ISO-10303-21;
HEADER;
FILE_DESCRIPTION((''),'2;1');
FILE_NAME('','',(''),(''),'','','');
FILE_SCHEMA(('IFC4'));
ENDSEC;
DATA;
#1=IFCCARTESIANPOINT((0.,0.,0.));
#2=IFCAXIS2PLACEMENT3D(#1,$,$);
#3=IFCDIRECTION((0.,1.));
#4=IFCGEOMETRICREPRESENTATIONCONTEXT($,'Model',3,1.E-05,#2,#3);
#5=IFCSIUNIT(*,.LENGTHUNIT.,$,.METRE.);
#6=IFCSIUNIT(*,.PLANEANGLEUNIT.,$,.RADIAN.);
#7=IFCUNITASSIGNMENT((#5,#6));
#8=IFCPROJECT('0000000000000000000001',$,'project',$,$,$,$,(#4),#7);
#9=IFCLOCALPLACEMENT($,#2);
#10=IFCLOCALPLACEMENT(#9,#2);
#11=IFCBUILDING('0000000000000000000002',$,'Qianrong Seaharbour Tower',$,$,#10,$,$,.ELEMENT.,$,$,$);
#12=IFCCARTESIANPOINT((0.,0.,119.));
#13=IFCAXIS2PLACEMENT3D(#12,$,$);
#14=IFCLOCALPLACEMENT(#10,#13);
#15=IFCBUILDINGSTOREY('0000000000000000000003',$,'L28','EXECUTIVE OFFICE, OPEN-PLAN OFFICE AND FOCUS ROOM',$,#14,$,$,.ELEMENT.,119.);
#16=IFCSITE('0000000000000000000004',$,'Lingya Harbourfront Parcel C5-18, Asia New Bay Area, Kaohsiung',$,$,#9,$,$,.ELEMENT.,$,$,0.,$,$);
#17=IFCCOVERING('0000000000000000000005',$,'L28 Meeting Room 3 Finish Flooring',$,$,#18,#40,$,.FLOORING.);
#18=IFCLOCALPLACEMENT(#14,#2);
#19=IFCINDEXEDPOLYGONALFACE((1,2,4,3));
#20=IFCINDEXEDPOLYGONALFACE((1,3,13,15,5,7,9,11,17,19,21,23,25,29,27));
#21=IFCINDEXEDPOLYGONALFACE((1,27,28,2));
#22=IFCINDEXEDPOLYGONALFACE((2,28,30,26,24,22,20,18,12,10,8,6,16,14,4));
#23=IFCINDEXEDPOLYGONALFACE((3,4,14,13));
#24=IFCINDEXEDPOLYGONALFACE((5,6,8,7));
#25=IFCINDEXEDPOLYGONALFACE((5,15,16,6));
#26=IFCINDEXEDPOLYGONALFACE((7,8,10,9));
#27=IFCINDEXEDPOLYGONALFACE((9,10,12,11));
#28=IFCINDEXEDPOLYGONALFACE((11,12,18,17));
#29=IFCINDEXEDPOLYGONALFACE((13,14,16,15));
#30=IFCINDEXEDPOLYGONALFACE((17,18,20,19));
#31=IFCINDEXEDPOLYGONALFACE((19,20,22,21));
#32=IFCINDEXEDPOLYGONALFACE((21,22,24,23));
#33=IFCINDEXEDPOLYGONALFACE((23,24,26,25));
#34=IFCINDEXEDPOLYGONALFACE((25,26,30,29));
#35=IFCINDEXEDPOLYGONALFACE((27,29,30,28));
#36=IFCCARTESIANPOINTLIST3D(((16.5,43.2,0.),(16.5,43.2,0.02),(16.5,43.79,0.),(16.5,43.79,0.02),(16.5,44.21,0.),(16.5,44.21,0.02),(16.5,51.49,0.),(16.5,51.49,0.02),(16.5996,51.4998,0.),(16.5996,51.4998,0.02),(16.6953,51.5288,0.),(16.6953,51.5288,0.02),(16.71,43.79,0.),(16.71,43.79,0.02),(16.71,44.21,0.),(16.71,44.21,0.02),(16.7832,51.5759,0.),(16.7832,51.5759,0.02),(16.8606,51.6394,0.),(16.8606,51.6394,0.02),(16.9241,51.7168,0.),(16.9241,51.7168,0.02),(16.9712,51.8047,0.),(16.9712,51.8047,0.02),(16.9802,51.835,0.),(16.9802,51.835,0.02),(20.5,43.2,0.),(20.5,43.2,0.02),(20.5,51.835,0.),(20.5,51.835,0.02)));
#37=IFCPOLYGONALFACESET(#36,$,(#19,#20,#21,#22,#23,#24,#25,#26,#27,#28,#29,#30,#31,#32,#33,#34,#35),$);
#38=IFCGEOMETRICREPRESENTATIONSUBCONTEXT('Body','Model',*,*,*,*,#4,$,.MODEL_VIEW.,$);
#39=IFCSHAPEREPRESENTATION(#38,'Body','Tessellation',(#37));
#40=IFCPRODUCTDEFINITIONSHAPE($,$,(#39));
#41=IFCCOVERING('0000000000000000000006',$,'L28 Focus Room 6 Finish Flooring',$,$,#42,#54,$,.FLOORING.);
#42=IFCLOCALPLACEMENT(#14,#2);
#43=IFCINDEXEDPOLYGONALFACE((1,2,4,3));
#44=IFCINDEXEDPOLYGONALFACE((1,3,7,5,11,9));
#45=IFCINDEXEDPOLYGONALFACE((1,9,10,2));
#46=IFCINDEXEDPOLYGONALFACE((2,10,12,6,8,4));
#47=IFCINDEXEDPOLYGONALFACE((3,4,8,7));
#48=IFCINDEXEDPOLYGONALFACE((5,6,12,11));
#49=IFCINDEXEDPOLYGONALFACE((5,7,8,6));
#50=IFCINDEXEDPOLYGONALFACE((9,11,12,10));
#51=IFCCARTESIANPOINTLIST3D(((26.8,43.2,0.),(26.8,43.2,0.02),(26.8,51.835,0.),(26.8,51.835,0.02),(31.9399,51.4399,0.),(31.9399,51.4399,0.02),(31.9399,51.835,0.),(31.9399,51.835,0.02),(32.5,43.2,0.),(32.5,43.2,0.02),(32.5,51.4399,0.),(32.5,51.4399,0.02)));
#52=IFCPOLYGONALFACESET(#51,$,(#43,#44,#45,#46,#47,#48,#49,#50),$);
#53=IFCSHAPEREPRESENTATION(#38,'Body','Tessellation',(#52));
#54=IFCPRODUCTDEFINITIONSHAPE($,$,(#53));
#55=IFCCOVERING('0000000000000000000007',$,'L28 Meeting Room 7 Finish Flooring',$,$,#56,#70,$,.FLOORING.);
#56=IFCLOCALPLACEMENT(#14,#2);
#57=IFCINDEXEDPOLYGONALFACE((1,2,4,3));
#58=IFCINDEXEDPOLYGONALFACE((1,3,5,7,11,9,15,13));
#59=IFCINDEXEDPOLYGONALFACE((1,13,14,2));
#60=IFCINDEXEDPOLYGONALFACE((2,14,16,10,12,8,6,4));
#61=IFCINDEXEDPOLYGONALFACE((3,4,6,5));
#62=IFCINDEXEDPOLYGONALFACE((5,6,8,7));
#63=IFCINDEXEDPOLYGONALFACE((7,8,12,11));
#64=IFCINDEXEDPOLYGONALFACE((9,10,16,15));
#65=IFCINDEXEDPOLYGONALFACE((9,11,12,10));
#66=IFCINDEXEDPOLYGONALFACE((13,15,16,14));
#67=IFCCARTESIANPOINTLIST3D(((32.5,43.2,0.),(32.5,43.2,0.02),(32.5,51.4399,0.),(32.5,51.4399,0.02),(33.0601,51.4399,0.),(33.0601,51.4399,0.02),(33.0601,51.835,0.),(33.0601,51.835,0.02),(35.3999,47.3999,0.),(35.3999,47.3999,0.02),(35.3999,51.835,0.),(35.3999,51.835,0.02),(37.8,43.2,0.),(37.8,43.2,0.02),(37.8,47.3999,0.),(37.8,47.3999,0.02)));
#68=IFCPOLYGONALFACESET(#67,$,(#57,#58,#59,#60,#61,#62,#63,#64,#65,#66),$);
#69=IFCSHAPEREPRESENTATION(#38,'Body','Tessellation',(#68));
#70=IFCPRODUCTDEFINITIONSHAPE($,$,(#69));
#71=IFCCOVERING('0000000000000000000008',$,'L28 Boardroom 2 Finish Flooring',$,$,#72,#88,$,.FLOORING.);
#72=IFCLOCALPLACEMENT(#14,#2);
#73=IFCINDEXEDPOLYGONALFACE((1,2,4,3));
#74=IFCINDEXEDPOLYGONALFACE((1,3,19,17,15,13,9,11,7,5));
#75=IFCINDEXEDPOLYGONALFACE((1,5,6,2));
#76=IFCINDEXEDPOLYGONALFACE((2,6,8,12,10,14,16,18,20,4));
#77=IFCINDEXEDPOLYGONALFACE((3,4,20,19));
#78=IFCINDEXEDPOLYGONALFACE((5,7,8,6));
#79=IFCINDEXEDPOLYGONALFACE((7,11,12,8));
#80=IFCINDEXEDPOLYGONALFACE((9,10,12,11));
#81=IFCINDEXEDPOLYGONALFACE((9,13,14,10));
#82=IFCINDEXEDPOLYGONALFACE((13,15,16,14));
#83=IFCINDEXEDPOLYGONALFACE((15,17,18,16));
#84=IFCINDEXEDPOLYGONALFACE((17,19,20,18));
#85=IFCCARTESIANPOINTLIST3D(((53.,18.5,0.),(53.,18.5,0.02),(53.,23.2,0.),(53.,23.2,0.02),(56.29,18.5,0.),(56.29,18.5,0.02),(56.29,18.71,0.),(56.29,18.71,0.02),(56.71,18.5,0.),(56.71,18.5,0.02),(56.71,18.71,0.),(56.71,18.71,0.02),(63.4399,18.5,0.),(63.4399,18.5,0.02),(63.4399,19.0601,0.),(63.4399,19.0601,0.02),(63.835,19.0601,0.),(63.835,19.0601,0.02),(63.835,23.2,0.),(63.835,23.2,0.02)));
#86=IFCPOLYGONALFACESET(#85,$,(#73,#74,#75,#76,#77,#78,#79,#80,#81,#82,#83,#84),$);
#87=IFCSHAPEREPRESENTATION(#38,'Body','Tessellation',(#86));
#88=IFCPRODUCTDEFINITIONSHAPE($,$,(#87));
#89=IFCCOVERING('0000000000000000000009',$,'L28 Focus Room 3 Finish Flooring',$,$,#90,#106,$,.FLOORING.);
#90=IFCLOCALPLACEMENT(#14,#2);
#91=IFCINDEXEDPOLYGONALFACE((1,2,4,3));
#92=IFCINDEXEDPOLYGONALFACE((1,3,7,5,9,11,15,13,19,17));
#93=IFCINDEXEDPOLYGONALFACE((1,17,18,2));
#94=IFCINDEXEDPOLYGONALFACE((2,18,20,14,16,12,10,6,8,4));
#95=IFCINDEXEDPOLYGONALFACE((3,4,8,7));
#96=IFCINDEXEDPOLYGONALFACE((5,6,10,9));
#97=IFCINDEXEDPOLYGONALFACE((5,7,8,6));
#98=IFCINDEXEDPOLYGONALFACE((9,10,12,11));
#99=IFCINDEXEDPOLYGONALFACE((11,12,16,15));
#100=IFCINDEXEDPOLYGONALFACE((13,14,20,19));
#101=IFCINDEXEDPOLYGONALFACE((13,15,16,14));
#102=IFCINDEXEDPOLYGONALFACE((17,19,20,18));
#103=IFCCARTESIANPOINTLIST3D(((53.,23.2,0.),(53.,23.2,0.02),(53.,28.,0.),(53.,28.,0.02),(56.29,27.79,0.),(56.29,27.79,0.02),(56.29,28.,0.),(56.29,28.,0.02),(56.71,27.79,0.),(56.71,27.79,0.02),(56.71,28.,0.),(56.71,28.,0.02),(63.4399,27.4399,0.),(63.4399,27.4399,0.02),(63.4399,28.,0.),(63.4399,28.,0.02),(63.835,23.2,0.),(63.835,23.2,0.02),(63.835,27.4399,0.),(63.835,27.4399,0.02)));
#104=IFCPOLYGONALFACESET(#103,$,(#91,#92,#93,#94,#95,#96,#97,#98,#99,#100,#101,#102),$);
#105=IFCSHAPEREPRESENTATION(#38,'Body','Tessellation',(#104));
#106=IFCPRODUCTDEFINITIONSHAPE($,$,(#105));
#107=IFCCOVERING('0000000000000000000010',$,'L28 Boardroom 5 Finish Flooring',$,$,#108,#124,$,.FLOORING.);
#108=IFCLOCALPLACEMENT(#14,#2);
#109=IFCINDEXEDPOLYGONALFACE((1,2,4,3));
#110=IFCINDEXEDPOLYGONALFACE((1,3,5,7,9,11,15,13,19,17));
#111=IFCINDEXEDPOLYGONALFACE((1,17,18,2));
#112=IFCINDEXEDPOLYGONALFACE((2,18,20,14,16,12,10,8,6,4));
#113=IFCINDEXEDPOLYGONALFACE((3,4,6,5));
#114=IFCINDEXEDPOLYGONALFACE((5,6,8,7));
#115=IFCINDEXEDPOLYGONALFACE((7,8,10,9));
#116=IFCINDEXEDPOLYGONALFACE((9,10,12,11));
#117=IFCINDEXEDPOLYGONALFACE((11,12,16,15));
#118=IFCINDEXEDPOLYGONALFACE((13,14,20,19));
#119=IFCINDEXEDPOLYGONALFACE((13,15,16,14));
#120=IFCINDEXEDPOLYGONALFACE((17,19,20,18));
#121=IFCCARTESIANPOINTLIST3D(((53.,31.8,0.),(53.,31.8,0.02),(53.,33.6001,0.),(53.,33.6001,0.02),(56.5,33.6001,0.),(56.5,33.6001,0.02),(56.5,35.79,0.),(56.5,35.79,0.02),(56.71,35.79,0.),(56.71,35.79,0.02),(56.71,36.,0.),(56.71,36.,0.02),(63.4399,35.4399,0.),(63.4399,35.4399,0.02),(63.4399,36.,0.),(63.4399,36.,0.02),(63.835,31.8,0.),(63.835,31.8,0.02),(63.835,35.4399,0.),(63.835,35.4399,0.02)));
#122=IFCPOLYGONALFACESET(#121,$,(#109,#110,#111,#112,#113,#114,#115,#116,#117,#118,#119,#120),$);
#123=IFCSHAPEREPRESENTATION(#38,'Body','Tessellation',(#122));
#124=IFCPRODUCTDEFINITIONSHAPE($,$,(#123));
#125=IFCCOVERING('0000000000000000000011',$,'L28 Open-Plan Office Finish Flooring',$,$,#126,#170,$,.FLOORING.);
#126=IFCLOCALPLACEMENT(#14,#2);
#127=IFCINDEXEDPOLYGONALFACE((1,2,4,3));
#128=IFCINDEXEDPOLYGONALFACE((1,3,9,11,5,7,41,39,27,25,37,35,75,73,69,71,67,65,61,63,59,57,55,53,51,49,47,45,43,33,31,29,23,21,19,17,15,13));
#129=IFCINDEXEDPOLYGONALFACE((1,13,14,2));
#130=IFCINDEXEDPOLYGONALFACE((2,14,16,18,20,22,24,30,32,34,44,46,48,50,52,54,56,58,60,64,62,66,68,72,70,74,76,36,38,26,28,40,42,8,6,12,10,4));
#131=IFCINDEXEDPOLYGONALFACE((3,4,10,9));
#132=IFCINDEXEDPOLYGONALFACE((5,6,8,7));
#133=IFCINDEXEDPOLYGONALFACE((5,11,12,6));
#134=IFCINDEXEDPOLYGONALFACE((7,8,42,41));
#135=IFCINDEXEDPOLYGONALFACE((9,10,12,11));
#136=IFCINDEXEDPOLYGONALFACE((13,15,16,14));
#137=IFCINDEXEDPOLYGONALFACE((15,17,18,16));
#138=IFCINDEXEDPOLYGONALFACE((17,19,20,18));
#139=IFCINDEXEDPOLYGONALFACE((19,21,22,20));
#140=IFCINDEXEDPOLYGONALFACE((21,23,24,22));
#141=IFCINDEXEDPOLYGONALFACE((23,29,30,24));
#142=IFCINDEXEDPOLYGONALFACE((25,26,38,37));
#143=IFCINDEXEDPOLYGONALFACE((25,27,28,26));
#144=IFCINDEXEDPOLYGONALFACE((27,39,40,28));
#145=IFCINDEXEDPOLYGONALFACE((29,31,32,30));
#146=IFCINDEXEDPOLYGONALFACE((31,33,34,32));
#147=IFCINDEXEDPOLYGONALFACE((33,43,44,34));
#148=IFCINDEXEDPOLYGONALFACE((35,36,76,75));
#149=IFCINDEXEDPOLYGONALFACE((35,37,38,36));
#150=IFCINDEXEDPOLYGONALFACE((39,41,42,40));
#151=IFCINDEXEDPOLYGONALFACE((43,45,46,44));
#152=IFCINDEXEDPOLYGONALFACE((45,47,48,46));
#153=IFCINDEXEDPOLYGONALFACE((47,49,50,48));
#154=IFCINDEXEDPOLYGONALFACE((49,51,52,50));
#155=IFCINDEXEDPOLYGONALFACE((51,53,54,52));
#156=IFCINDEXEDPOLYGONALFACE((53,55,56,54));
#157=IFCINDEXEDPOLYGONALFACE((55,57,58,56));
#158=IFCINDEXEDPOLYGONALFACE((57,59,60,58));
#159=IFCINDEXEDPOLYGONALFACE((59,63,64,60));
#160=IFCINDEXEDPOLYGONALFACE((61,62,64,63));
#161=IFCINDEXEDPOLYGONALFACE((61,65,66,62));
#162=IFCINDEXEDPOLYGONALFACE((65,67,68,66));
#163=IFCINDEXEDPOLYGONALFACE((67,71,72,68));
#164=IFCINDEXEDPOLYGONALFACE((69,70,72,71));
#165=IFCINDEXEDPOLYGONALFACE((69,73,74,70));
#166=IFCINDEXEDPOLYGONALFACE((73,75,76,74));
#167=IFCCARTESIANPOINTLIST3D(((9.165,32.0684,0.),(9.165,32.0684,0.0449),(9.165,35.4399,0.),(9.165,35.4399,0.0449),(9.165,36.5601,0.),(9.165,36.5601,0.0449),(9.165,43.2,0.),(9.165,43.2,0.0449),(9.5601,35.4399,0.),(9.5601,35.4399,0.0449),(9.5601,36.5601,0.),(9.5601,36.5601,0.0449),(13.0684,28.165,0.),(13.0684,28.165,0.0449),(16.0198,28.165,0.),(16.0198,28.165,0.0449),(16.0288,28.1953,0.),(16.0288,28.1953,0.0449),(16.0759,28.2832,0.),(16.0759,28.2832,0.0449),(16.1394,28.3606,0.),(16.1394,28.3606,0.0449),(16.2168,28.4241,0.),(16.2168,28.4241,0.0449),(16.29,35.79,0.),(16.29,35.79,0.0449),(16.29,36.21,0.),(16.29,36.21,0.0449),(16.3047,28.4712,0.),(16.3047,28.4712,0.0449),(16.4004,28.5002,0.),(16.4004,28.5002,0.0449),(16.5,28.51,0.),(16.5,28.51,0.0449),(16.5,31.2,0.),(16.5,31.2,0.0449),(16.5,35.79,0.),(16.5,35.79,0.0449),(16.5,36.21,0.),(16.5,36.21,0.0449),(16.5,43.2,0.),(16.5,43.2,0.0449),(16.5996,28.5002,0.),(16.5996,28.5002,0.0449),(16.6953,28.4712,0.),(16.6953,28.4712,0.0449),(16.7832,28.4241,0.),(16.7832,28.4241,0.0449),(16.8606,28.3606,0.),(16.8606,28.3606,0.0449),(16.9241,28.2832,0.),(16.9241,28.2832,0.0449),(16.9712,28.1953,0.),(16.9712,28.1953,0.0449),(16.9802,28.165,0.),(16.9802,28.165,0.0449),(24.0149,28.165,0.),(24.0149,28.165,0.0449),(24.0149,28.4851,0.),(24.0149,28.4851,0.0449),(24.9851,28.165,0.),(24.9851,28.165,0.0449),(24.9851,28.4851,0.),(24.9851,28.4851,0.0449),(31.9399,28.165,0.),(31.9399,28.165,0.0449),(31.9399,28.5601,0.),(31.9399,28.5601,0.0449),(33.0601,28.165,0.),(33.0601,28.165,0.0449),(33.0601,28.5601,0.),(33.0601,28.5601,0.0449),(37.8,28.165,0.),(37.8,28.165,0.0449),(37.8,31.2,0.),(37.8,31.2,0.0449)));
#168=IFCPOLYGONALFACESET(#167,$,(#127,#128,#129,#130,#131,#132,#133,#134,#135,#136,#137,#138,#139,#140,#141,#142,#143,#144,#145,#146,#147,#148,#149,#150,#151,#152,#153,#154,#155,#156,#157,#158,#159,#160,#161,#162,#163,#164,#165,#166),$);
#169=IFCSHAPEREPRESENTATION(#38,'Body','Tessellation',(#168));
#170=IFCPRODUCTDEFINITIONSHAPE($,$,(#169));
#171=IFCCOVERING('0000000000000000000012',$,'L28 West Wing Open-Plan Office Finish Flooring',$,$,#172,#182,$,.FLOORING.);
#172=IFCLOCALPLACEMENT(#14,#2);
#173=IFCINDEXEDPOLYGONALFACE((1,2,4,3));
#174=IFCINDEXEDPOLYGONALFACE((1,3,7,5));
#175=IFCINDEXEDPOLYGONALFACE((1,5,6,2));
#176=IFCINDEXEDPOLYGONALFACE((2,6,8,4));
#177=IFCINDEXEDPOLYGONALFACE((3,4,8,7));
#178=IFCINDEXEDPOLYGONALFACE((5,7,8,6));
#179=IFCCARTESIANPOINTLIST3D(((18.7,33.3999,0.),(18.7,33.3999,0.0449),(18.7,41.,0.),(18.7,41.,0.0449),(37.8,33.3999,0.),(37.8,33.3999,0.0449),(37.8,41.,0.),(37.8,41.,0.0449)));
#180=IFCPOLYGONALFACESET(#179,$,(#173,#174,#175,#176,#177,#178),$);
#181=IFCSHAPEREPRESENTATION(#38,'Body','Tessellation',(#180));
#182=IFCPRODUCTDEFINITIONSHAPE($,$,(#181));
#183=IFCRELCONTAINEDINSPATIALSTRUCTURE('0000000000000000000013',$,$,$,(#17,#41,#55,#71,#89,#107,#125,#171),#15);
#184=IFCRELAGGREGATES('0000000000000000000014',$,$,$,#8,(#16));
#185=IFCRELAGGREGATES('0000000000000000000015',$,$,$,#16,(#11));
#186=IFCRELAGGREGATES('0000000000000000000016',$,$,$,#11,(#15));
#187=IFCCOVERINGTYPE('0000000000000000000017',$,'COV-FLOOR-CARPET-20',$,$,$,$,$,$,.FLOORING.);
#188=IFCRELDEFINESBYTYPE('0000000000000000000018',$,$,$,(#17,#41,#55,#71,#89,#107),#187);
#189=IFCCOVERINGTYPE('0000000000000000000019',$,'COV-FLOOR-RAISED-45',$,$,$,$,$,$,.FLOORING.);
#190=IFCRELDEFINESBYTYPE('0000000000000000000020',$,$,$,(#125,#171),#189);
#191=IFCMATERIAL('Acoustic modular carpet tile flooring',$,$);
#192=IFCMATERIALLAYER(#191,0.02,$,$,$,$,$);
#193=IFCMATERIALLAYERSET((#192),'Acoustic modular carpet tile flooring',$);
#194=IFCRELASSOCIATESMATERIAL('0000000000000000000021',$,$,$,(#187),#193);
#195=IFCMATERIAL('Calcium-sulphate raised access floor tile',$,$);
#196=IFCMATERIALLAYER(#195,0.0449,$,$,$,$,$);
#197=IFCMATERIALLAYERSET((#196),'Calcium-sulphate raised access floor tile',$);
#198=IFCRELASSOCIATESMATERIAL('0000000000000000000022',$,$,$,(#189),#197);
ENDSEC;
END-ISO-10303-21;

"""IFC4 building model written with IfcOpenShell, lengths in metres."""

from ifc_helpers import new_model, si_unit, direction, frame, origin, place, context, subcontext, project, spatial, polyline, outline, extrude, material, layer, layer_set, type_object, element, save


model = new_model("IFC4")

# Units and contexts
model_context = context("Model", 3, precision=1e-05, world=origin(), true_north=direction((0.0, 1.0)))
body_context = subcontext(model_context, "Body", "Model", "MODEL_VIEW")
ifc_project = project(units=[si_unit("LENGTHUNIT", "METRE"), si_unit("PLANEANGLEUNIT", "RADIAN")], contexts=[model_context])

# Site, building, storey
site_placement = place(None, origin())
site = spatial("IfcSite", under=ifc_project, at=site_placement, Name="Lingya Harbourfront Parcel C5-18, Asia New Bay Area, Kaohsiung", CompositionType="ELEMENT", RefElevation=0.0)
building_placement = place(site_placement, origin())
building = spatial("IfcBuilding", under=site, at=building_placement, Name="Qianrong Seaharbour Tower", CompositionType="ELEMENT")
storey_placement = place(building_placement, frame((0.0, 0.0, 119.0)))
storey = spatial("IfcBuildingStorey", under=building, at=storey_placement, Name="L28", Description="EXECUTIVE OFFICE, OPEN-PLAN OFFICE AND FOCUS ROOM", CompositionType="ELEMENT", Elevation=119.0)

# Coverings
ifc_material_1 = material(Name="Acoustic modular carpet tile flooring")
ifc_layer_1 = layer(ifc_material_1, 0.02)
ifc_layer_set_1 = layer_set([ifc_layer_1], Name="Acoustic modular carpet tile flooring")
covering_type_1 = type_object("IfcCoveringType", Name="COV-FLOOR-CARPET-20", PredefinedType="FLOORING", material=ifc_layer_set_1)
covering_1_placement = place(storey_placement, origin())
element("IfcCovering", 1, at=covering_1_placement, inside=storey, type_object=covering_type_1, Name="L28 Meeting Room 3 Finish Flooring", PredefinedType="FLOORING", context=body_context, shape_type="SweptSolid", body=[
    extrude(outline(polyline([(16.5, 43.79), (16.71, 43.79), (16.71, 44.21), (16.5, 44.21), (16.5, 51.49), (16.5996, 51.4998), (16.6953, 51.5288), (16.7832, 51.5759), (16.8606, 51.6394), (16.9241, 51.7168), (16.9712, 51.8047), (16.9802, 51.835), (20.5, 51.835), (20.5, 43.2), (16.5, 43.2), (16.5, 43.79)])), origin(), (0.0, 0.0, 1.0), 0.02),
])
covering_2_placement = place(storey_placement, origin())
element("IfcCovering", 2, at=covering_2_placement, inside=storey, type_object=covering_type_1, Name="L28 Focus Room 6 Finish Flooring", PredefinedType="FLOORING", context=body_context, shape_type="SweptSolid", body=[
    extrude(outline(polyline([(26.8, 51.835), (31.9399, 51.835), (31.9399, 51.4399), (32.5, 51.4399), (32.5, 43.2), (26.8, 43.2), (26.8, 51.835)])), origin(), (0.0, 0.0, 1.0), 0.02),
])
covering_3_placement = place(storey_placement, origin())
element("IfcCovering", 3, at=covering_3_placement, inside=storey, type_object=covering_type_1, Name="L28 Meeting Room 7 Finish Flooring", PredefinedType="FLOORING", context=body_context, shape_type="SweptSolid", body=[
    extrude(outline(polyline([(32.5, 51.4399), (33.0601, 51.4399), (33.0601, 51.835), (35.3999, 51.835), (35.3999, 47.3999), (37.8, 47.3999), (37.8, 43.2), (32.5, 43.2), (32.5, 51.4399)])), origin(), (0.0, 0.0, 1.0), 0.02),
])
covering_4_placement = place(storey_placement, origin())
element("IfcCovering", 4, at=covering_4_placement, inside=storey, type_object=covering_type_1, Name="L28 Boardroom 2 Finish Flooring", PredefinedType="FLOORING", context=body_context, shape_type="SweptSolid", body=[
    extrude(outline(polyline([(63.835, 23.2), (63.835, 19.0601), (63.4399, 19.0601), (63.4399, 18.5), (56.71, 18.5), (56.71, 18.71), (56.29, 18.71), (56.29, 18.5), (53.0, 18.5), (53.0, 23.2), (63.835, 23.2)])), origin(), (0.0, 0.0, 1.0), 0.02),
])
covering_5_placement = place(storey_placement, origin())
element("IfcCovering", 5, at=covering_5_placement, inside=storey, type_object=covering_type_1, Name="L28 Focus Room 3 Finish Flooring", PredefinedType="FLOORING", context=body_context, shape_type="SweptSolid", body=[
    extrude(outline(polyline([(56.29, 28.0), (56.29, 27.79), (56.71, 27.79), (56.71, 28.0), (63.4399, 28.0), (63.4399, 27.4399), (63.835, 27.4399), (63.835, 23.2), (53.0, 23.2), (53.0, 28.0), (56.29, 28.0)])), origin(), (0.0, 0.0, 1.0), 0.02),
])
covering_6_placement = place(storey_placement, origin())
element("IfcCovering", 6, at=covering_6_placement, inside=storey, type_object=covering_type_1, Name="L28 Boardroom 5 Finish Flooring", PredefinedType="FLOORING", context=body_context, shape_type="SweptSolid", body=[
    extrude(outline(polyline([(56.5, 33.6001), (56.5, 35.79), (56.71, 35.79), (56.71, 36.0), (63.4399, 36.0), (63.4399, 35.4399), (63.835, 35.4399), (63.835, 31.8), (53.0, 31.8), (53.0, 33.6001), (56.5, 33.6001)])), origin(), (0.0, 0.0, 1.0), 0.02),
])
ifc_material_2 = material(Name="Calcium-sulphate raised access floor tile")
ifc_layer_2 = layer(ifc_material_2, 0.0449)
ifc_layer_set_2 = layer_set([ifc_layer_2], Name="Calcium-sulphate raised access floor tile")
covering_type_2 = type_object("IfcCoveringType", Name="COV-FLOOR-RAISED-45", PredefinedType="FLOORING", material=ifc_layer_set_2)
covering_7_placement = place(storey_placement, origin())
element("IfcCovering", 7, at=covering_7_placement, inside=storey, type_object=covering_type_2, Name="L28 Open-Plan Office Finish Flooring", PredefinedType="FLOORING", context=body_context, shape_type="SweptSolid", body=[
    extrude(outline(polyline([(33.0601, 28.165), (33.0601, 28.5601), (31.9399, 28.5601), (31.9399, 28.165), (24.9851, 28.165), (24.9851, 28.4851), (24.0149, 28.4851), (24.0149, 28.165), (16.9802, 28.165), (16.9712, 28.1953), (16.9241, 28.2832), (16.8606, 28.3606), (16.7832, 28.4241), (16.6953, 28.4712), (16.5996, 28.5002), (16.5, 28.51), (16.4004, 28.5002), (16.3047, 28.4712), (16.2168, 28.4241), (16.1394, 28.3606), (16.0759, 28.2832), (16.0288, 28.1953), (16.0198, 28.165), (13.0684, 28.165), (9.165, 32.0684), (9.165, 35.4399), (9.5601, 35.4399), (9.5601, 36.5601), (9.165, 36.5601), (9.165, 43.2), (16.5, 43.2), (16.5, 36.21), (16.29, 36.21), (16.29, 35.79), (16.5, 35.79), (16.5, 31.2), (37.8, 31.2), (37.8, 28.165), (33.0601, 28.165)])), origin(), (0.0, 0.0, 1.0), 0.0449),
])
covering_8_placement = place(storey_placement, origin())
element("IfcCovering", 8, at=covering_8_placement, inside=storey, type_object=covering_type_2, Name="L28 West Wing Open-Plan Office Finish Flooring", PredefinedType="FLOORING", context=body_context, shape_type="SweptSolid", body=[
    extrude(outline(polyline([(37.8, 41.0), (37.8, 33.3999), (18.7, 33.3999), (18.7, 41.0), (37.8, 41.0)])), origin(), (0.0, 0.0, 1.0), 0.0449),
])

save(model, "model.ifc")
